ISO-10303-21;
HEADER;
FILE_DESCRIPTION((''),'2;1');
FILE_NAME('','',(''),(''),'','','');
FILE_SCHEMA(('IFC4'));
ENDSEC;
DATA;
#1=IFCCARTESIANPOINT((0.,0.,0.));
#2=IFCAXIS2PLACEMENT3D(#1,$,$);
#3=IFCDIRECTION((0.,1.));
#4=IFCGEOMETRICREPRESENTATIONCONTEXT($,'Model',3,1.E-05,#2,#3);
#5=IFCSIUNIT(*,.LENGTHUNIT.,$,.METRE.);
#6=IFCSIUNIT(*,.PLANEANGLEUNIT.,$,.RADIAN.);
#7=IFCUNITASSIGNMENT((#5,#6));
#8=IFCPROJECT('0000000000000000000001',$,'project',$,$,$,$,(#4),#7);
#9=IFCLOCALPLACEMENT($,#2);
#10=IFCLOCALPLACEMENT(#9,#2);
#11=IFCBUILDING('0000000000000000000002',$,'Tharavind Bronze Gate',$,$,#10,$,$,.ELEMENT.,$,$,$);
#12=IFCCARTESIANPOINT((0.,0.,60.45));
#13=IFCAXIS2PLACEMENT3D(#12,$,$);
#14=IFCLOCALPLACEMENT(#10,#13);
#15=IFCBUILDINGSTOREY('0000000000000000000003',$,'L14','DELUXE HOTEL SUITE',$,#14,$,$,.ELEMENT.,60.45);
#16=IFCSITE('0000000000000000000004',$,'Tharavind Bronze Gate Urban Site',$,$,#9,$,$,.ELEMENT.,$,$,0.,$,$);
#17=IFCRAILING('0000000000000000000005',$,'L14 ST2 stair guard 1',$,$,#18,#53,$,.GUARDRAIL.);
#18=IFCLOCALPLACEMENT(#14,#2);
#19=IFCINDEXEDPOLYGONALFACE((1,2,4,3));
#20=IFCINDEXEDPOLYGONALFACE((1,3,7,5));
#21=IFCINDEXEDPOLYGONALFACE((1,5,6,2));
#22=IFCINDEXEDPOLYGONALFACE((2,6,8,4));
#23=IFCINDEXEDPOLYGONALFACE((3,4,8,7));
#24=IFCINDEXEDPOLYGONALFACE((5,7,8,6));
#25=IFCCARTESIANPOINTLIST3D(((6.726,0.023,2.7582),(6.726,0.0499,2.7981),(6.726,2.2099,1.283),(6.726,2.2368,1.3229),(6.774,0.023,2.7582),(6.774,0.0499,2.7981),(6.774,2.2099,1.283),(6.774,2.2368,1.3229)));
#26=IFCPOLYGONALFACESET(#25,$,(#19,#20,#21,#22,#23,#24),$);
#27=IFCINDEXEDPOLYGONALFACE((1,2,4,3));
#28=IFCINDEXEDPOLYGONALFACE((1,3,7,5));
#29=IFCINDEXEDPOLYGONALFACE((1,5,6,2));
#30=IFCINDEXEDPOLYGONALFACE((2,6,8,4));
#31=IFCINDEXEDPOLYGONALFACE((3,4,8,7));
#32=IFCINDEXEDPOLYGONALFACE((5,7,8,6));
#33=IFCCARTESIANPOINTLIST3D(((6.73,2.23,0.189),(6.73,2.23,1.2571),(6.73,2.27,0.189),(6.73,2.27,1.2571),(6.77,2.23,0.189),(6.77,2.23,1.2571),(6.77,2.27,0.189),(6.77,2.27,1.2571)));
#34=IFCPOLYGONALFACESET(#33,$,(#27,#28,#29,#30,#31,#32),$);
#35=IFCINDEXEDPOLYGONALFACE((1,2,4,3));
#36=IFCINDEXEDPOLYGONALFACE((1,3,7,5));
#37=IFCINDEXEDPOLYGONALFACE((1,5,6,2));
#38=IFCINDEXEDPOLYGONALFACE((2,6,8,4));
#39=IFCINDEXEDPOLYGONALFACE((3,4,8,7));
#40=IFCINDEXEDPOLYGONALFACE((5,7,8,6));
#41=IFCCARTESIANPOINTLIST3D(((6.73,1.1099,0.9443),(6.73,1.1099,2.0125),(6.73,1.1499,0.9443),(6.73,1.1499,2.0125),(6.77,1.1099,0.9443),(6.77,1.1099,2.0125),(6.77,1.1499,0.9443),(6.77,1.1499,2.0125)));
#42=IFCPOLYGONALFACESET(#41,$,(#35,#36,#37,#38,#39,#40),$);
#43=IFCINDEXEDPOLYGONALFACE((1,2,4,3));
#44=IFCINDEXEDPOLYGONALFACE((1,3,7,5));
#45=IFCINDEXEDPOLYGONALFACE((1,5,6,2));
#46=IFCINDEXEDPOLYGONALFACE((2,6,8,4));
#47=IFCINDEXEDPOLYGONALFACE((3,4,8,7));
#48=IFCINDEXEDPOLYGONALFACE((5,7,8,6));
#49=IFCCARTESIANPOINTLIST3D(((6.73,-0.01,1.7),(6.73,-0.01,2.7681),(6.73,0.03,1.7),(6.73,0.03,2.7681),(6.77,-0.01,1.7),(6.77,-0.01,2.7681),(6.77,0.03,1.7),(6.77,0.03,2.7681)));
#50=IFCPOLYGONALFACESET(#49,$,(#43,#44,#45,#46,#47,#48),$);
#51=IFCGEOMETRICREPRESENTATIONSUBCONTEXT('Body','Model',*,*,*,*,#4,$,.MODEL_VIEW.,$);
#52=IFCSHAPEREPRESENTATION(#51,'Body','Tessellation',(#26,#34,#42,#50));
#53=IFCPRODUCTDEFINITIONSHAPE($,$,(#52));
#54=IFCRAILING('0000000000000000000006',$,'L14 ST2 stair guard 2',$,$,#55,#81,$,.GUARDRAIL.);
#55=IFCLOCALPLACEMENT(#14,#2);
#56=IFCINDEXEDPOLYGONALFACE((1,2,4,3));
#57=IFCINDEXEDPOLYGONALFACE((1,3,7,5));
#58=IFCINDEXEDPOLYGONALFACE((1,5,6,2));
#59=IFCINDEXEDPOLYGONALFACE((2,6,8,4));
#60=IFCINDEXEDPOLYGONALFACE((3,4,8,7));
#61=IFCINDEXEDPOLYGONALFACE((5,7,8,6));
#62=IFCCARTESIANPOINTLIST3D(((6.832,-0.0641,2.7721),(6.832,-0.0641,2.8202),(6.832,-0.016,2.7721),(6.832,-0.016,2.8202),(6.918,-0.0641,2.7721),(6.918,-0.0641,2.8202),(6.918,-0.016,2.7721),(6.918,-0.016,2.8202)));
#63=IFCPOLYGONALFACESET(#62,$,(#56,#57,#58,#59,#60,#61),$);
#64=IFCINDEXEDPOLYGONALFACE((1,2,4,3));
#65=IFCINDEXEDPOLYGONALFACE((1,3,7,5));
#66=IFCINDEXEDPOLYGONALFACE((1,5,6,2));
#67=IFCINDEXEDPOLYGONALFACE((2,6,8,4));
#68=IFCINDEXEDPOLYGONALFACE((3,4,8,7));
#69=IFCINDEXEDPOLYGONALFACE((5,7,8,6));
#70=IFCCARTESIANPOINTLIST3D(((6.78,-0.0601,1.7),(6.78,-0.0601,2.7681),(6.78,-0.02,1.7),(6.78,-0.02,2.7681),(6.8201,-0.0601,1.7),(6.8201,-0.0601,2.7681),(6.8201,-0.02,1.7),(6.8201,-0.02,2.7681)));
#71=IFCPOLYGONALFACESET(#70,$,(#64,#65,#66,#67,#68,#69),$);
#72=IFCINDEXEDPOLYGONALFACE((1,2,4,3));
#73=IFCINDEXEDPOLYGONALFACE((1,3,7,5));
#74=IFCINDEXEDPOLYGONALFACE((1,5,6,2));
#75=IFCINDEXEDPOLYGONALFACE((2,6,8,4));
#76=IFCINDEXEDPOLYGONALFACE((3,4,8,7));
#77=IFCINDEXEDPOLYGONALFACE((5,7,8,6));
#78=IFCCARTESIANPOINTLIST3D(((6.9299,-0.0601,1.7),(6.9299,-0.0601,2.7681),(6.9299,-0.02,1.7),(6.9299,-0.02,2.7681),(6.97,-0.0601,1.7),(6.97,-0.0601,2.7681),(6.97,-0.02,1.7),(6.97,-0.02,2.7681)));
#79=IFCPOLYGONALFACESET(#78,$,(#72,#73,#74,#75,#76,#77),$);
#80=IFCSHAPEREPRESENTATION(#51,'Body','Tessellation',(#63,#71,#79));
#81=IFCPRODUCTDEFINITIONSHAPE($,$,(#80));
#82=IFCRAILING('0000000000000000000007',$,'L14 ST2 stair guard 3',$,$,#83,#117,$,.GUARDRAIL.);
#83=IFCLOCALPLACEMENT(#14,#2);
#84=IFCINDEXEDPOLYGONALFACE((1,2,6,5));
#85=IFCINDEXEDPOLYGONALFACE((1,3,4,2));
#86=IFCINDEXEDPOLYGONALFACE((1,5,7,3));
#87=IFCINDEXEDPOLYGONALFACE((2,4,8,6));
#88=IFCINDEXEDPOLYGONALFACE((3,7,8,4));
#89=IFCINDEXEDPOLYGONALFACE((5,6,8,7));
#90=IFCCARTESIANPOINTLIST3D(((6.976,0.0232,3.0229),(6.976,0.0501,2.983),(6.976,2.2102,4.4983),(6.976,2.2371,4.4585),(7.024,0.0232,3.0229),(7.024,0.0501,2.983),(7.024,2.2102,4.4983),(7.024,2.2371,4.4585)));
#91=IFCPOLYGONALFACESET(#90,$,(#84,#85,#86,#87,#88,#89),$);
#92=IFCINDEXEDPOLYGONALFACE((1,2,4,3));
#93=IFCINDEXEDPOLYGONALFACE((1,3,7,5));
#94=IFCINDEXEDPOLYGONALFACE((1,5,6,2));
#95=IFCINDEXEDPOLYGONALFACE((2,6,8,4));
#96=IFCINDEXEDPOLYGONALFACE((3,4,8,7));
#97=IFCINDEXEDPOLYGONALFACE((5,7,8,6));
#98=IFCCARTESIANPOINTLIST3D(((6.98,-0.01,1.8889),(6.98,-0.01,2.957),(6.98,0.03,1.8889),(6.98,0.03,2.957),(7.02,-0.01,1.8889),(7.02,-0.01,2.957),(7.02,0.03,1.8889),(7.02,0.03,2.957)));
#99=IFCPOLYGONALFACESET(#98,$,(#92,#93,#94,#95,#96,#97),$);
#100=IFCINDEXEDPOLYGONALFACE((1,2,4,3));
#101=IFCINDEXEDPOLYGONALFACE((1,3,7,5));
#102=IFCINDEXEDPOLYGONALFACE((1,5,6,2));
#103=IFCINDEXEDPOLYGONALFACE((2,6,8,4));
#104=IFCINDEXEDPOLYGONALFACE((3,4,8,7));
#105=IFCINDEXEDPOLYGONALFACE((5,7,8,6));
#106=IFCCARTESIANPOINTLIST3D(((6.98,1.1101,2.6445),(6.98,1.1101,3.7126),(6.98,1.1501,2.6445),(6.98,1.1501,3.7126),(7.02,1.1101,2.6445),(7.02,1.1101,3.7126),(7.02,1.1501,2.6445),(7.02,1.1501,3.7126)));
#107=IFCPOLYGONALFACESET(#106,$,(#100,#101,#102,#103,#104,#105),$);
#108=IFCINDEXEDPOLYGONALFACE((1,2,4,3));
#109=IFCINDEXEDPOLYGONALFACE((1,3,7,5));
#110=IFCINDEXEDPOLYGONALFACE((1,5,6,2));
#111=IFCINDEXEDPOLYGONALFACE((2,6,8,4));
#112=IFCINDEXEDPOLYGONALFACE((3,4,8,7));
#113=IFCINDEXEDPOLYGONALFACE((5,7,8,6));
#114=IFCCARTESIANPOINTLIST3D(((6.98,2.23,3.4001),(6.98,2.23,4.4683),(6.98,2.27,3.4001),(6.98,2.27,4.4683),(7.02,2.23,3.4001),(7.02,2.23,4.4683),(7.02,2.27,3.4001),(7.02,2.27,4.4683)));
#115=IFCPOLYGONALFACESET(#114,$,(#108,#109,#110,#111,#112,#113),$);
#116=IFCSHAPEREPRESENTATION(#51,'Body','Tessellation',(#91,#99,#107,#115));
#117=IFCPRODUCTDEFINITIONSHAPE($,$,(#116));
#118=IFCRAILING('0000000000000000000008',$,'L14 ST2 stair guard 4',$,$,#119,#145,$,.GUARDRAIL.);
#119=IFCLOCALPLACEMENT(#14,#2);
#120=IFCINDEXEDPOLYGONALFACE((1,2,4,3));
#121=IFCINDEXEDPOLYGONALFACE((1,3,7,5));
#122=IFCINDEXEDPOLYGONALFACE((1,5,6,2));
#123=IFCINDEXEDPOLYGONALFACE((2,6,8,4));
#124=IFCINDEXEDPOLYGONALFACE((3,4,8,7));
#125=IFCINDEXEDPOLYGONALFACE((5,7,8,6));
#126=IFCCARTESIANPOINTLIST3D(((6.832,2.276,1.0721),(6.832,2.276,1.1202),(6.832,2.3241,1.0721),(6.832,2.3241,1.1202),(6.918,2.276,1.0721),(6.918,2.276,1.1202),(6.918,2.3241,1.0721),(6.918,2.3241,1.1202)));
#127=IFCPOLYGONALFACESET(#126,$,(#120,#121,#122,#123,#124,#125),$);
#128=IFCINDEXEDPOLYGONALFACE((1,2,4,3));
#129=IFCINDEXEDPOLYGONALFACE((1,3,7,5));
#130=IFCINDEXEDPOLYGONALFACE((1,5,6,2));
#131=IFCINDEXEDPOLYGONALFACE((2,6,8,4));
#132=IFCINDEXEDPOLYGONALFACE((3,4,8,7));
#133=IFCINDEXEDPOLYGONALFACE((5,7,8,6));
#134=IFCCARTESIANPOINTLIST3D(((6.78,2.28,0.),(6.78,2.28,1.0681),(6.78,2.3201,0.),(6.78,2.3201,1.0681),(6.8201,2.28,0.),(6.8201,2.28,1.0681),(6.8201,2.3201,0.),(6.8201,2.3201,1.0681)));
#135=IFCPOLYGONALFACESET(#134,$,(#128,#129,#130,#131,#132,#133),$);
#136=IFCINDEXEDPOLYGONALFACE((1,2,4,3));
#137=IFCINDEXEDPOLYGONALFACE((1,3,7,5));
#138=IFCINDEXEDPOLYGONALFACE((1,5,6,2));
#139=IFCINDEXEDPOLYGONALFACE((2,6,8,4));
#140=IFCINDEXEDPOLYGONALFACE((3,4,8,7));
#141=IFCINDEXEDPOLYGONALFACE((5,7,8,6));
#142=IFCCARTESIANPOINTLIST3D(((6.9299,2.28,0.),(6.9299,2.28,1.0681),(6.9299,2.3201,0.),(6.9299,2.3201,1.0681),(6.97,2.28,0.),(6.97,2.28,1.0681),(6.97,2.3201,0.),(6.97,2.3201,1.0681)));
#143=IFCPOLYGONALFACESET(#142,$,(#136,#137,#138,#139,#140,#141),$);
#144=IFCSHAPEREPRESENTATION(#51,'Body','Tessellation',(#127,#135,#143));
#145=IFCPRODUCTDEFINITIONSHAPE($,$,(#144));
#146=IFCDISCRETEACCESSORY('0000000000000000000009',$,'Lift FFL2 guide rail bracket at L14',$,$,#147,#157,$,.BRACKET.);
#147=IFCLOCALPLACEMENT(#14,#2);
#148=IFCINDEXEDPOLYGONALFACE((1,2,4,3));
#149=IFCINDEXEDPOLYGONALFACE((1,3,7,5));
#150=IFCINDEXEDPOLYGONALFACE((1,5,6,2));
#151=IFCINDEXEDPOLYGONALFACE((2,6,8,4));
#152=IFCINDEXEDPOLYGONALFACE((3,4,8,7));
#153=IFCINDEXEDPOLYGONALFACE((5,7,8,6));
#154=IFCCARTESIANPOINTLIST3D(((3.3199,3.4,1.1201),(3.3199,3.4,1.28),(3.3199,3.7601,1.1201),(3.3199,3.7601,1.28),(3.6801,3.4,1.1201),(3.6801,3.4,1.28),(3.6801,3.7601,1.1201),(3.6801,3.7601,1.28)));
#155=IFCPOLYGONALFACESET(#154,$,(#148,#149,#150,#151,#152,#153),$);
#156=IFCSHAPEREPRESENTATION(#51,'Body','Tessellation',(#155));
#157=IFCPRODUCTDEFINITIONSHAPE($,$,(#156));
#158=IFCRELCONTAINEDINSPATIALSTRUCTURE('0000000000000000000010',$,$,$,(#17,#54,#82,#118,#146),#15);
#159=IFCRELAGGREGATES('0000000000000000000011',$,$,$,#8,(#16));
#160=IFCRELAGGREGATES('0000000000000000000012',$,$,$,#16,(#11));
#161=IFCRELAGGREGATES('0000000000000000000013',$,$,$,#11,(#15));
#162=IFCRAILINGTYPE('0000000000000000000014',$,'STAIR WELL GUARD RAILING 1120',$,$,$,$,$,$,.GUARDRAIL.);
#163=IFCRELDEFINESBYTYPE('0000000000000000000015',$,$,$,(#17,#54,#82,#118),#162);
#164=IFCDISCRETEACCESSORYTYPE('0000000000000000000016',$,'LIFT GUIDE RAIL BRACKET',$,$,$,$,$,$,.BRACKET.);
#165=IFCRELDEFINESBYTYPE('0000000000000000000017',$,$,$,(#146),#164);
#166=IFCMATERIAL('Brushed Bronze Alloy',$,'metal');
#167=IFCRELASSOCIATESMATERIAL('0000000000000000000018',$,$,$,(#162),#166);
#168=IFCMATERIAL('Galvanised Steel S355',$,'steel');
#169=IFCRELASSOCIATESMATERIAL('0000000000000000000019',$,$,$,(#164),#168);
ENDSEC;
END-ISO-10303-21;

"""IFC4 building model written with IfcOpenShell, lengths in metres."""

from ifc_helpers import new_model, si_unit, direction, frame, origin, origin_2d, place, context, subcontext, project, spatial, rectangle, extrude, material, type_object, element, save


model = new_model("IFC4")

# Units and contexts
model_context = context("Model", 3, precision=1e-05, world=origin(), true_north=direction((0.0, 1.0)))
body_context = subcontext(model_context, "Body", "Model", "MODEL_VIEW")
ifc_project = project(units=[si_unit("LENGTHUNIT", "METRE"), si_unit("PLANEANGLEUNIT", "RADIAN")], contexts=[model_context])

# Site, building, storey
site_placement = place(None, origin())
site = spatial("IfcSite", under=ifc_project, at=site_placement, Name="Tharavind Bronze Gate Urban Site", CompositionType="ELEMENT", RefElevation=0.0)
building_placement = place(site_placement, origin())
building = spatial("IfcBuilding", under=site, at=building_placement, Name="Tharavind Bronze Gate", CompositionType="ELEMENT")
storey_placement = place(building_placement, frame((0.0, 0.0, 60.45)))
storey = spatial("IfcBuildingStorey", under=building, at=storey_placement, Name="L14", Description="DELUXE HOTEL SUITE", CompositionType="ELEMENT", Elevation=60.45)

# Railings
ifc_material_1 = material(Name="Brushed Bronze Alloy", Category="metal")
railing_type_1 = type_object("IfcRailingType", Name="STAIR WELL GUARD RAILING 1120", PredefinedType="GUARDRAIL", material=ifc_material_1)
railing_1_placement = place(storey_placement, frame((6.75, 2.25, 0.189)))
element("IfcRailing", 1, at=railing_1_placement, inside=storey, type_object=railing_type_1, Name="L14 ST2 stair guard 1", PredefinedType="GUARDRAIL", context=body_context, shape_type="SweptSolid", body=[
    extrude(rectangle(XDim=0.0481, YDim=0.0481, at=origin_2d()), frame((0.0, -0.0266, 1.114), z_axis=(0.0, -0.829021, 0.559217), x_axis=(1.0, 0.0, 0.0)), (0.0, 0.0, 1.0), 2.6379),
    extrude(rectangle(XDim=0.04, YDim=0.04, at=origin_2d()), origin(), (0.0, 0.0, 1.0), 1.0681),
    extrude(rectangle(XDim=0.04, YDim=0.04, at=origin_2d()), frame((0.0, -1.1201, 0.7554)), (0.0, 0.0, 1.0), 1.0681),
    extrude(rectangle(XDim=0.04, YDim=0.04, at=origin_2d()), frame((0.0, -2.24, 1.511)), (0.0, 0.0, 1.0), 1.0681),
])
railing_2_placement = place(storey_placement, frame((6.8, -0.04, 1.7)))
element("IfcRailing", 2, at=railing_2_placement, inside=storey, type_object=railing_type_1, Name="L14 ST2 stair guard 2", PredefinedType="GUARDRAIL", context=body_context, shape_type="SweptSolid", body=[
    extrude(rectangle(XDim=0.0481, YDim=0.0481, at=origin_2d()), frame((0.032, 0.0, 1.0962), z_axis=(1.0, 0.0, 0.0), x_axis=(0.0, 1.0, 0.0)), (0.0, 0.0, 1.0), 0.0859),
    extrude(rectangle(XDim=0.04, YDim=0.04, at=origin_2d()), origin(), (0.0, 0.0, 1.0), 1.0681),
    extrude(rectangle(XDim=0.04, YDim=0.04, at=origin_2d()), frame((0.1499, 0.0, 0.0)), (0.0, 0.0, 1.0), 1.0681),
])
railing_3_placement = place(storey_placement, frame((7.0, 0.01, 1.8889)))
element("IfcRailing", 3, at=railing_3_placement, inside=storey, type_object=railing_type_1, Name="L14 ST2 stair guard 3", PredefinedType="GUARDRAIL", context=body_context, shape_type="SweptSolid", body=[
    extrude(rectangle(XDim=0.0481, YDim=0.0481, at=origin_2d()), frame((0.0, 0.0266, 1.114), z_axis=(0.0, 0.82898, 0.559279), x_axis=(-1.0, 0.0, 0.0)), (0.0, 0.0, 1.0), 2.6382),
    extrude(rectangle(XDim=0.04, YDim=0.04, at=origin_2d()), origin(), (0.0, 0.0, 1.0), 1.0681),
    extrude(rectangle(XDim=0.04, YDim=0.04, at=origin_2d()), frame((0.0, 1.1201, 0.7556)), (0.0, 0.0, 1.0), 1.0681),
    extrude(rectangle(XDim=0.04, YDim=0.04, at=origin_2d()), frame((0.0, 2.24, 1.5112)), (0.0, 0.0, 1.0), 1.0681),
])
railing_4_placement = place(storey_placement, frame((6.8, 2.3, 0.0)))
element("IfcRailing", 4, at=railing_4_placement, inside=storey, type_object=railing_type_1, Name="L14 ST2 stair guard 4", PredefinedType="GUARDRAIL", context=body_context, shape_type="SweptSolid", body=[
    extrude(rectangle(XDim=0.0481, YDim=0.0481, at=origin_2d()), frame((0.032, 0.0, 1.0962), z_axis=(1.0, 0.0, 0.0), x_axis=(0.0, 1.0, 0.0)), (0.0, 0.0, 1.0), 0.0859),
    extrude(rectangle(XDim=0.04, YDim=0.04, at=origin_2d()), origin(), (0.0, 0.0, 1.0), 1.0681),
    extrude(rectangle(XDim=0.04, YDim=0.04, at=origin_2d()), frame((0.1499, 0.0, 0.0)), (0.0, 0.0, 1.0), 1.0681),
])

# Discrete accessory
ifc_material_2 = material(Name="Galvanised Steel S355", Category="steel")
discrete_accessory_type = type_object("IfcDiscreteAccessoryType", Name="LIFT GUIDE RAIL BRACKET", PredefinedType="BRACKET", material=ifc_material_2)
discrete_accessory_placement = place(storey_placement, frame((3.5, 3.5801, 1.1201), z_axis=(0.0, 0.0, 1.0), x_axis=(1.0, 0.0, 0.0)))
element("IfcDiscreteAccessory", 5, at=discrete_accessory_placement, inside=storey, type_object=discrete_accessory_type, Name="Lift FFL2 guide rail bracket at L14", PredefinedType="BRACKET", context=body_context, shape_type="SweptSolid", body=[
    extrude(rectangle(XDim=0.3601, YDim=0.3601, at=origin_2d()), origin(), (0.0, 0.0, 1.0), 0.1599),
])

save(model, "model.ifc")
